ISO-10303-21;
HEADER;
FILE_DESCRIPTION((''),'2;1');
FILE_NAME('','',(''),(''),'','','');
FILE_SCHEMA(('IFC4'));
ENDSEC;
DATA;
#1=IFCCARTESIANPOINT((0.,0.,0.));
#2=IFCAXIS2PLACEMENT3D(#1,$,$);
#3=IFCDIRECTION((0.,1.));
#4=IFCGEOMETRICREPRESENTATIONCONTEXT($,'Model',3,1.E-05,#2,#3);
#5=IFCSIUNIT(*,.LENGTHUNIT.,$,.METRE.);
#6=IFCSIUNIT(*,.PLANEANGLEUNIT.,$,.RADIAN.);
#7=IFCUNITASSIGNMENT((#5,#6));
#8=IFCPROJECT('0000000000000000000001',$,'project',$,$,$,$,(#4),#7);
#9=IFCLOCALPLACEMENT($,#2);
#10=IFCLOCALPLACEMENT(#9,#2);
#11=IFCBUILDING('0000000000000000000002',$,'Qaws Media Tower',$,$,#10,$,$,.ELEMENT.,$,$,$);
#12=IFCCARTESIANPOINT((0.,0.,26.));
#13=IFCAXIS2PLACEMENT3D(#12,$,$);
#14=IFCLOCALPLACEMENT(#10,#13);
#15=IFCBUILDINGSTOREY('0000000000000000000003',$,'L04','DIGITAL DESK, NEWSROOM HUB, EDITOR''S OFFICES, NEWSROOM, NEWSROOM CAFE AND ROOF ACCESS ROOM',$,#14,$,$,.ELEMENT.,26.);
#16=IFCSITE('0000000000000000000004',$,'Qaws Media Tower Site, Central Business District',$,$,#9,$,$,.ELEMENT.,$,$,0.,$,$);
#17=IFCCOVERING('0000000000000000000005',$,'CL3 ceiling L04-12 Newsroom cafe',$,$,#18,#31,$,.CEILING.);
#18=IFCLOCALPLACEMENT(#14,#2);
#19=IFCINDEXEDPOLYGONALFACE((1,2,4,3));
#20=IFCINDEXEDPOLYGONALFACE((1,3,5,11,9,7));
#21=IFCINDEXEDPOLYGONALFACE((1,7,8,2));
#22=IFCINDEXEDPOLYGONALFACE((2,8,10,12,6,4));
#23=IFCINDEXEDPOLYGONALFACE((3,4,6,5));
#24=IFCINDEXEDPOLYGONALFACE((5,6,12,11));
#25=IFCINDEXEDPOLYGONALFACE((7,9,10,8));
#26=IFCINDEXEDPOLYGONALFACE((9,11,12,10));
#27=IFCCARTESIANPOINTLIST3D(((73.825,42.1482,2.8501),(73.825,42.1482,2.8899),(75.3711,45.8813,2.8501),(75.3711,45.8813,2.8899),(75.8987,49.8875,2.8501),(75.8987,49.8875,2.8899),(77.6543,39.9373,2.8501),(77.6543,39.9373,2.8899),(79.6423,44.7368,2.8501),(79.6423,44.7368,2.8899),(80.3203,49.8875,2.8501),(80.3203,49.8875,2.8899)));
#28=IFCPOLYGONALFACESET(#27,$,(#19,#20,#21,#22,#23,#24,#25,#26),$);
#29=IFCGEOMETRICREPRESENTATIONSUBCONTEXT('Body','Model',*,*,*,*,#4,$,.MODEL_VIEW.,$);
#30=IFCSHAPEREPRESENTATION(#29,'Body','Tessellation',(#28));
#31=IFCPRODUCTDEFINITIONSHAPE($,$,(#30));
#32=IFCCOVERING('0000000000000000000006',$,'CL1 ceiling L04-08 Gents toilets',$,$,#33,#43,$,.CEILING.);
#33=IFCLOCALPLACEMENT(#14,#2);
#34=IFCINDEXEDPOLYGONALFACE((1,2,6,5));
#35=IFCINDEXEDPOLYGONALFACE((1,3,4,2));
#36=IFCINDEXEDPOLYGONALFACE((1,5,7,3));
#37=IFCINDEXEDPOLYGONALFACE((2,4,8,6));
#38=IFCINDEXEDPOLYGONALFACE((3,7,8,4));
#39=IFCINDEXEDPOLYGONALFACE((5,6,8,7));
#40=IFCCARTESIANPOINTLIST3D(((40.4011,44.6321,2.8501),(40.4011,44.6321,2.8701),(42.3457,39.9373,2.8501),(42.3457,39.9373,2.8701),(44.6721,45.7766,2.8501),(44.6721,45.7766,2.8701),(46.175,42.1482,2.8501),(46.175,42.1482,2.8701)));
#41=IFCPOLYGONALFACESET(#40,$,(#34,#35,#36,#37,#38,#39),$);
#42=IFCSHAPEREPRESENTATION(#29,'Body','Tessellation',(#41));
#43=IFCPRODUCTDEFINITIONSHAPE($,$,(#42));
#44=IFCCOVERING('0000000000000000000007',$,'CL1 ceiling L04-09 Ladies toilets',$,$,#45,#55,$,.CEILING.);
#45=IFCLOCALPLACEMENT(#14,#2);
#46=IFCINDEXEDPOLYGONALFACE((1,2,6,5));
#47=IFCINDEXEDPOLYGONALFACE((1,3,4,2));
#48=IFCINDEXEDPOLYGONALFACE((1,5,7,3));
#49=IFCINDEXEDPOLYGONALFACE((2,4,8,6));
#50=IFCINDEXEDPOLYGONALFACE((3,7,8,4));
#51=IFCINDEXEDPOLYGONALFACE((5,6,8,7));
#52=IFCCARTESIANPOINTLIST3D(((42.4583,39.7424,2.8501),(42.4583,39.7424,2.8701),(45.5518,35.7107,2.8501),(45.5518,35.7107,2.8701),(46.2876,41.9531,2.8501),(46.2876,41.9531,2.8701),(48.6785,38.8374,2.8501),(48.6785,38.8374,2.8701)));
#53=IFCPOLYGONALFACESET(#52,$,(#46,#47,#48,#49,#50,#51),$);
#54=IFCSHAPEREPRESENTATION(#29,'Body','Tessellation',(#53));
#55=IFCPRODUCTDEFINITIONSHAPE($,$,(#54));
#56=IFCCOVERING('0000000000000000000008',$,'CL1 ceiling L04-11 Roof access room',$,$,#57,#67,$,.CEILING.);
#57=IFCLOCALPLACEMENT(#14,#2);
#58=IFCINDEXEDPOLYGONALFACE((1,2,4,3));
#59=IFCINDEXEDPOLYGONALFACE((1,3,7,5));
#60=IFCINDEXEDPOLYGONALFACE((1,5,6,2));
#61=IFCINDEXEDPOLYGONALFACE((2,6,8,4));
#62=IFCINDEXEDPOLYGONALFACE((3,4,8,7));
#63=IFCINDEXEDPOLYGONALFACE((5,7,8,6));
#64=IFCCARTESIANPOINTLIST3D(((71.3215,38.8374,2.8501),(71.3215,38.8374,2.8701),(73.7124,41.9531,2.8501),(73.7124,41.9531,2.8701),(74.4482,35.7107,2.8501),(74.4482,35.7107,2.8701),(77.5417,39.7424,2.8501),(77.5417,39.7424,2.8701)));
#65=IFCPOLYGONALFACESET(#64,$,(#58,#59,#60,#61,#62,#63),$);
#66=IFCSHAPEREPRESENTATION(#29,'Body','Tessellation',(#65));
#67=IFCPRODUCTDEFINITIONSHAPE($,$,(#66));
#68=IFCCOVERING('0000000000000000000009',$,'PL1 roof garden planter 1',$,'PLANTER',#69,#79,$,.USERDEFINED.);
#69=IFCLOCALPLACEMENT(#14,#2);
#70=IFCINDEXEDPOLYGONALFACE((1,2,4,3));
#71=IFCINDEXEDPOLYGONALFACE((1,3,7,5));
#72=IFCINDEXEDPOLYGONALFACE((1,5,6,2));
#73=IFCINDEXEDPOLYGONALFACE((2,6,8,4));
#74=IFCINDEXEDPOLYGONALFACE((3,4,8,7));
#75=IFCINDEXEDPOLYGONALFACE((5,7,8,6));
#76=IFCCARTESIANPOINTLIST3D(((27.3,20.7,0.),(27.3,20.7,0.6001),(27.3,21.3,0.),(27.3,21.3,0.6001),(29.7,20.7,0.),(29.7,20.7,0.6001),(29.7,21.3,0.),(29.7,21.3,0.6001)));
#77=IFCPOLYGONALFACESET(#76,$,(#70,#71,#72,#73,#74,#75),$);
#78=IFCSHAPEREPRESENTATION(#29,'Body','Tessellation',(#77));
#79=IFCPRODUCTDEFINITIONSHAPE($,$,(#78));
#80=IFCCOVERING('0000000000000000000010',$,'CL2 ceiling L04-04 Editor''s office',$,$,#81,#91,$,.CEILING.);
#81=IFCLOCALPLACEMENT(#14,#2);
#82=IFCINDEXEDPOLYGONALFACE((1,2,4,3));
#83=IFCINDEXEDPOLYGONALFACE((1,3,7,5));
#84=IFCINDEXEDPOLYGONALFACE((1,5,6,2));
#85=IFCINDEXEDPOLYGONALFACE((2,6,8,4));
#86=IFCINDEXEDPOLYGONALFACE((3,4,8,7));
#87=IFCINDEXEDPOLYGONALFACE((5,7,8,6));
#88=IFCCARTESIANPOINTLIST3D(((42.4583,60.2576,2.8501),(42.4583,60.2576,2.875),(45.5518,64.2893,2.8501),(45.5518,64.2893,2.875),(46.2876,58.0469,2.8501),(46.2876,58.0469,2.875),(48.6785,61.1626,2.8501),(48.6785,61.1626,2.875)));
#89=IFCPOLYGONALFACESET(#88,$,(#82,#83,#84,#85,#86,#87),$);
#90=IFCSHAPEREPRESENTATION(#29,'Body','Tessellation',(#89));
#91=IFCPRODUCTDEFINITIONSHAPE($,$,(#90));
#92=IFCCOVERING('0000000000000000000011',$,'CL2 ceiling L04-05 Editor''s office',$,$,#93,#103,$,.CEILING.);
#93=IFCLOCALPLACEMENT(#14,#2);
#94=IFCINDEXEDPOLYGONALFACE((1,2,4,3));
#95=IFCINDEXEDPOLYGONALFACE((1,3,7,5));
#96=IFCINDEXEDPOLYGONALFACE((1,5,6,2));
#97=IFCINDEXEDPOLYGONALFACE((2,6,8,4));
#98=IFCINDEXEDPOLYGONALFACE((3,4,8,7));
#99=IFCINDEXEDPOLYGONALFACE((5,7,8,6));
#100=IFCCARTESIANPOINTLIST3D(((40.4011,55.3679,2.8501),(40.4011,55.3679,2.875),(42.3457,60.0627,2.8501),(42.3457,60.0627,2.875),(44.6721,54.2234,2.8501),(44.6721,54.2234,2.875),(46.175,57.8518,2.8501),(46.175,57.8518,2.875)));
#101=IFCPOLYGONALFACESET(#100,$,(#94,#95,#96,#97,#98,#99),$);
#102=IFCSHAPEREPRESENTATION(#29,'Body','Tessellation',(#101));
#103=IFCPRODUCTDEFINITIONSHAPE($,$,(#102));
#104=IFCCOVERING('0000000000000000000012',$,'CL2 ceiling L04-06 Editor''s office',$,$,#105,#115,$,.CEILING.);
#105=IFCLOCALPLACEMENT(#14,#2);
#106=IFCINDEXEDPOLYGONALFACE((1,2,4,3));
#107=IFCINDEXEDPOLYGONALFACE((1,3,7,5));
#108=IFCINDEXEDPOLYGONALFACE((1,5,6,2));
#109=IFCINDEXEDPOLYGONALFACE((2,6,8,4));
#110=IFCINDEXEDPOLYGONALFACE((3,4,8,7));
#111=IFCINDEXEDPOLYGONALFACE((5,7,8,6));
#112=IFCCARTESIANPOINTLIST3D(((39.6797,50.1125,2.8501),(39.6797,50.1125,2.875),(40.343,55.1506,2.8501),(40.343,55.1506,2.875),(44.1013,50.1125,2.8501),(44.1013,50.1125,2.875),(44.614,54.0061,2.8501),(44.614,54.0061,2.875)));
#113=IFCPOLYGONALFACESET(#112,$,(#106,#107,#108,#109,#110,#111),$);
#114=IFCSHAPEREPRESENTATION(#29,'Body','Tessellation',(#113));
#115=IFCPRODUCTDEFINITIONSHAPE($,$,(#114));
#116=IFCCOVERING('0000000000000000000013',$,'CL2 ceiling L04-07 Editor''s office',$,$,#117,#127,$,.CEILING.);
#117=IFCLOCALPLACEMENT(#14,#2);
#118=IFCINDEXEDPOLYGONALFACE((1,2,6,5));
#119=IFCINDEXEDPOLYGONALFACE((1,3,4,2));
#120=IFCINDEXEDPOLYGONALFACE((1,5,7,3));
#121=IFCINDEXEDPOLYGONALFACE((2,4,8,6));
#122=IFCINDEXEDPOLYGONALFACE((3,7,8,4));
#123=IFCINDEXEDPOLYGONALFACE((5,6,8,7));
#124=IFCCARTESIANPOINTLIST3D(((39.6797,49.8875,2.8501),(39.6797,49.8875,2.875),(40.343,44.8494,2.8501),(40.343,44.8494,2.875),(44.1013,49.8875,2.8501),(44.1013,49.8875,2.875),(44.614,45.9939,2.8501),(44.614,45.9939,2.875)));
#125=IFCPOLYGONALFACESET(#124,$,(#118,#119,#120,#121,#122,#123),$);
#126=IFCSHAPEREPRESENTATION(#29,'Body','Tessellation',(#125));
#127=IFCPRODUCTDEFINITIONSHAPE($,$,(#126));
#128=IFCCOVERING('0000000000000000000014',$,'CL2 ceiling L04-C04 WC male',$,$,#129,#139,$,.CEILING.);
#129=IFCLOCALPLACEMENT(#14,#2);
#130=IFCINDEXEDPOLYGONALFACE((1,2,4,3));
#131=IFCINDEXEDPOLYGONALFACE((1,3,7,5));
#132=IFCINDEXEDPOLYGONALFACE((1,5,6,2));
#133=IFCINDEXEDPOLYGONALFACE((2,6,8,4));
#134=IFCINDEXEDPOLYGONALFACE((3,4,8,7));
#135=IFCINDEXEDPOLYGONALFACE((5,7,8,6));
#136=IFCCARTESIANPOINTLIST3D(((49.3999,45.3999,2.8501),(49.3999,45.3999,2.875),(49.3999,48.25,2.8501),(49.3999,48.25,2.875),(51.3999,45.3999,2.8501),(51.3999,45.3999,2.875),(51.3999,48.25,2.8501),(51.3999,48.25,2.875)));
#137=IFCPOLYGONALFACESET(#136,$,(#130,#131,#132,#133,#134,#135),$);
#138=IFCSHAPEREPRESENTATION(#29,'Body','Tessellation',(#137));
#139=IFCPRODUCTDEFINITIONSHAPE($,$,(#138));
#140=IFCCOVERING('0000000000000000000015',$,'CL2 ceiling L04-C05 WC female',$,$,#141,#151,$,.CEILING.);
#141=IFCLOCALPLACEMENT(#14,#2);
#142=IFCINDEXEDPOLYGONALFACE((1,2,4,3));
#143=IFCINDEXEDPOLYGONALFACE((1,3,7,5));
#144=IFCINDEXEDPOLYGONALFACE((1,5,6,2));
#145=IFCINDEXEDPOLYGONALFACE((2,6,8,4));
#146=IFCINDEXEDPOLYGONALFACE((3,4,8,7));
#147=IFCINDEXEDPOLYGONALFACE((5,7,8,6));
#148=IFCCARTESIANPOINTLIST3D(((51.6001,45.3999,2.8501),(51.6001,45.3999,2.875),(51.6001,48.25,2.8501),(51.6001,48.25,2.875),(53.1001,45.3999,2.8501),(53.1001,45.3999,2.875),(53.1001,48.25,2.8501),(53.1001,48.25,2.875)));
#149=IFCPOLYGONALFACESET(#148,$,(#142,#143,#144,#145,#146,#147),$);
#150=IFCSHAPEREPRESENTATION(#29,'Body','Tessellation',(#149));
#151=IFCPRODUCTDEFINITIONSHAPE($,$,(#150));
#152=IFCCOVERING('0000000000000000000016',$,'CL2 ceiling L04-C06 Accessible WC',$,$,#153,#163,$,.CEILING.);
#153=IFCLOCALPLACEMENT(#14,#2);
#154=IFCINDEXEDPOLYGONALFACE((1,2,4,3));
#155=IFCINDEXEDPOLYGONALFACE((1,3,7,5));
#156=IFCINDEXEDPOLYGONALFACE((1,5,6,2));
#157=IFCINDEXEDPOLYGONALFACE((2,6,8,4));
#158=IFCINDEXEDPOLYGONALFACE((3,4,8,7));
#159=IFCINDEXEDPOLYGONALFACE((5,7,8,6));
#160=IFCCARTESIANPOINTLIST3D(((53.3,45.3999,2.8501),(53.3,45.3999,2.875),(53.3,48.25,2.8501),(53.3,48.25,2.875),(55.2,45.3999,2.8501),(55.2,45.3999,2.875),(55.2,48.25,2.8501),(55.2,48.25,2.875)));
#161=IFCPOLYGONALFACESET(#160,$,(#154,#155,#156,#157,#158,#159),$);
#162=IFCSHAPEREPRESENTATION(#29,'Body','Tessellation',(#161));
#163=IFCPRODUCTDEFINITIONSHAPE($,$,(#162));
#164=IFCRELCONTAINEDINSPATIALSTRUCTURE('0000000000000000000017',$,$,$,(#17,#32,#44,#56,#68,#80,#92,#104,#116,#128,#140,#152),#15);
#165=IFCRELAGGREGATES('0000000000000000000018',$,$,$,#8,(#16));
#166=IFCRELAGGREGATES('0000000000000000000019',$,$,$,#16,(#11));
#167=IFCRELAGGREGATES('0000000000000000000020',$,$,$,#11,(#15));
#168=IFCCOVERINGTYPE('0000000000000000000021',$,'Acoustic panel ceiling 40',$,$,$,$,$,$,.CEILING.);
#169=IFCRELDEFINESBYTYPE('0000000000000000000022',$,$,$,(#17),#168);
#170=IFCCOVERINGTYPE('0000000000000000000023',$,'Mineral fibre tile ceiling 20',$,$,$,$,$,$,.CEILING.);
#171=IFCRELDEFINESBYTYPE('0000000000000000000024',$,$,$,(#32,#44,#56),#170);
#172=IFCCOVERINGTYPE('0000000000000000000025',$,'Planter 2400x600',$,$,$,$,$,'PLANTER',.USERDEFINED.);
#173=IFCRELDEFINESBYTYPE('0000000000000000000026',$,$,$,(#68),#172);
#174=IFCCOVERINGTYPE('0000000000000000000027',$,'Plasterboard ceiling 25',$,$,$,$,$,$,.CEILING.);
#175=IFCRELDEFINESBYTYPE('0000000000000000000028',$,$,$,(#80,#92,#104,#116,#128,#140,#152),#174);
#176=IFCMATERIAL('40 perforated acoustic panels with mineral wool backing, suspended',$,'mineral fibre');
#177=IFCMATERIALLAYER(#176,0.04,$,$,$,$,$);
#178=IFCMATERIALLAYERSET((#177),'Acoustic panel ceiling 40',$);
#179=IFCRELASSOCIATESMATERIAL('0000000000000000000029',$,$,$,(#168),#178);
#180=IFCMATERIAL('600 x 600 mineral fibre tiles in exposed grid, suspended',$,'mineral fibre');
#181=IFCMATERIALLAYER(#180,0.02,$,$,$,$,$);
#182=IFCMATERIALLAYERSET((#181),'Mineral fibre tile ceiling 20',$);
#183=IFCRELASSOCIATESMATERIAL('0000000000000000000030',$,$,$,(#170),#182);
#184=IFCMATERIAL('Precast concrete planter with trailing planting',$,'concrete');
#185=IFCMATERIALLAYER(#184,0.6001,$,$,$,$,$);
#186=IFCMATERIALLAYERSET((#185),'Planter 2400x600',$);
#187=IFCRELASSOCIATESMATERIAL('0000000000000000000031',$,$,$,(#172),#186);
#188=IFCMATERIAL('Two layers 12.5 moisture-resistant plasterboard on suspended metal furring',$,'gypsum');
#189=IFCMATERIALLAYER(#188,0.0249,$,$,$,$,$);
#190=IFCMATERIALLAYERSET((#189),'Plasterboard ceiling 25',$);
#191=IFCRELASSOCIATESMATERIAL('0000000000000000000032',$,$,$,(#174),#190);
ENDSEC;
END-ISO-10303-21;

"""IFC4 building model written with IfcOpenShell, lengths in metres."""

from ifc_helpers import new_model, si_unit, direction, frame, origin, origin_2d, place, context, subcontext, project, spatial, polyline, rectangle, outline, extrude, material, layer, layer_set, type_object, element, save


model = new_model("IFC4")

# Units and contexts
model_context = context("Model", 3, precision=1e-05, world=origin(), true_north=direction((0.0, 1.0)))
body_context = subcontext(model_context, "Body", "Model", "MODEL_VIEW")
ifc_project = project(units=[si_unit("LENGTHUNIT", "METRE"), si_unit("PLANEANGLEUNIT", "RADIAN")], contexts=[model_context])

# Site, building, storey
site_placement = place(None, origin())
site = spatial("IfcSite", under=ifc_project, at=site_placement, Name="Qaws Media Tower Site, Central Business District", CompositionType="ELEMENT", RefElevation=0.0)
building_placement = place(site_placement, origin())
building = spatial("IfcBuilding", under=site, at=building_placement, Name="Qaws Media Tower", CompositionType="ELEMENT")
storey_placement = place(building_placement, frame((0.0, 0.0, 26.0)))
storey = spatial("IfcBuildingStorey", under=building, at=storey_placement, Name="L04", Description="DIGITAL DESK, NEWSROOM HUB, EDITOR'S OFFICES, NEWSROOM, NEWSROOM CAFE AND ROOF ACCESS ROOM", CompositionType="ELEMENT", Elevation=26.0)

# Covering
ifc_material_1 = material(Name="40 perforated acoustic panels with mineral wool backing, suspended", Category="mineral fibre")
ifc_layer_1 = layer(ifc_material_1, 0.04)
ifc_layer_set_1 = layer_set([ifc_layer_1], Name="Acoustic panel ceiling 40")
covering_type_1 = type_object("IfcCoveringType", Name="Acoustic panel ceiling 40", PredefinedType="CEILING", material=ifc_layer_set_1)
covering_1_placement = place(storey_placement, frame((0.0, 0.0, 2.8501)))
element("IfcCovering", 1, at=covering_1_placement, inside=storey, type_object=covering_type_1, Name="CL3 ceiling L04-12 Newsroom cafe", PredefinedType="CEILING", context=body_context, shape_type="SweptSolid", body=[
    extrude(outline(polyline([(79.6423, 44.7368), (77.6543, 39.9373), (73.825, 42.1482), (75.3711, 45.8813), (75.8987, 49.8875), (80.3203, 49.8875), (79.6423, 44.7368)])), origin(), (0.0, 0.0, 1.0), 0.0398),
])

# Coverings
ifc_material_2 = material(Name="600 x 600 mineral fibre tiles in exposed grid, suspended", Category="mineral fibre")
ifc_layer_2 = layer(ifc_material_2, 0.02)
ifc_layer_set_2 = layer_set([ifc_layer_2], Name="Mineral fibre tile ceiling 20")
covering_type_2 = type_object("IfcCoveringType", Name="Mineral fibre tile ceiling 20", PredefinedType="CEILING", material=ifc_layer_set_2)
covering_2_placement = place(storey_placement, frame((0.0, 0.0, 2.8501)))
element("IfcCovering", 2, at=covering_2_placement, inside=storey, type_object=covering_type_2, Name="CL1 ceiling L04-08 Gents toilets", PredefinedType="CEILING", context=body_context, shape_type="SweptSolid", body=[
    extrude(outline(polyline([(40.4011, 44.6321), (44.6721, 45.7766), (46.175, 42.1482), (42.3457, 39.9373), (40.4011, 44.6321)])), origin(), (0.0, 0.0, 1.0), 0.02),
])
covering_3_placement = place(storey_placement, frame((0.0, 0.0, 2.8501)))
element("IfcCovering", 3, at=covering_3_placement, inside=storey, type_object=covering_type_2, Name="CL1 ceiling L04-09 Ladies toilets", PredefinedType="CEILING", context=body_context, shape_type="SweptSolid", body=[
    extrude(outline(polyline([(42.4583, 39.7424), (46.2876, 41.9531), (48.6785, 38.8374), (45.5518, 35.7107), (42.4583, 39.7424)])), origin(), (0.0, 0.0, 1.0), 0.02),
])
covering_4_placement = place(storey_placement, frame((0.0, 0.0, 2.8501)))
element("IfcCovering", 4, at=covering_4_placement, inside=storey, type_object=covering_type_2, Name="CL1 ceiling L04-11 Roof access room", PredefinedType="CEILING", context=body_context, shape_type="SweptSolid", body=[
    extrude(outline(polyline([(74.4482, 35.7107), (71.3215, 38.8374), (73.7124, 41.9531), (77.5417, 39.7424), (74.4482, 35.7107)])), origin(), (0.0, 0.0, 1.0), 0.02),
])
ifc_material_3 = material(Name="Precast concrete planter with trailing planting", Category="concrete")
ifc_layer_3 = layer(ifc_material_3, 0.6001)
ifc_layer_set_3 = layer_set([ifc_layer_3], Name="Planter 2400x600")
covering_type_3 = type_object("IfcCoveringType", Name="Planter 2400x600", ElementType="PLANTER", PredefinedType="USERDEFINED", material=ifc_layer_set_3)
covering_5_placement = place(storey_placement, frame((28.5, 21.0, 0.0), z_axis=(0.0, 0.0, 1.0), x_axis=(1.0, 0.0, 0.0)))
element("IfcCovering", 5, at=covering_5_placement, inside=storey, type_object=covering_type_3, Name="PL1 roof garden planter 1", ObjectType="PLANTER", PredefinedType="USERDEFINED", context=body_context, shape_type="SweptSolid", body=[
    extrude(rectangle(XDim=2.3999, YDim=0.6001, at=origin_2d()), origin(), (0.0, 0.0, 1.0), 0.6001),
])
ifc_material_4 = material(Name="Two layers 12.5 moisture-resistant plasterboard on suspended metal furring", Category="gypsum")
ifc_layer_4 = layer(ifc_material_4, 0.0249)
ifc_layer_set_4 = layer_set([ifc_layer_4], Name="Plasterboard ceiling 25")
covering_type_4 = type_object("IfcCoveringType", Name="Plasterboard ceiling 25", PredefinedType="CEILING", material=ifc_layer_set_4)
covering_6_placement = place(storey_placement, frame((0.0, 0.0, 2.8501)))
element("IfcCovering", 6, at=covering_6_placement, inside=storey, type_object=covering_type_4, Name="CL2 ceiling L04-04 Editor's office", PredefinedType="CEILING", context=body_context, shape_type="SweptSolid", body=[
    extrude(outline(polyline([(45.5518, 64.2893), (48.6785, 61.1626), (46.2876, 58.0469), (42.4583, 60.2576), (45.5518, 64.2893)])), origin(), (0.0, 0.0, 1.0), 0.0249),
])
covering_7_placement = place(storey_placement, frame((0.0, 0.0, 2.8501)))
element("IfcCovering", 7, at=covering_7_placement, inside=storey, type_object=covering_type_4, Name="CL2 ceiling L04-05 Editor's office", PredefinedType="CEILING", context=body_context, shape_type="SweptSolid", body=[
    extrude(outline(polyline([(42.3457, 60.0627), (46.175, 57.8518), (44.6721, 54.2234), (40.4011, 55.3679), (42.3457, 60.0627)])), origin(), (0.0, 0.0, 1.0), 0.0249),
])
covering_8_placement = place(storey_placement, frame((0.0, 0.0, 2.8501)))
element("IfcCovering", 8, at=covering_8_placement, inside=storey, type_object=covering_type_4, Name="CL2 ceiling L04-06 Editor's office", PredefinedType="CEILING", context=body_context, shape_type="SweptSolid", body=[
    extrude(outline(polyline([(40.343, 55.1506), (44.614, 54.0061), (44.1013, 50.1125), (39.6797, 50.1125), (40.343, 55.1506)])), origin(), (0.0, 0.0, 1.0), 0.0249),
])
covering_9_placement = place(storey_placement, frame((0.0, 0.0, 2.8501)))
element("IfcCovering", 9, at=covering_9_placement, inside=storey, type_object=covering_type_4, Name="CL2 ceiling L04-07 Editor's office", PredefinedType="CEILING", context=body_context, shape_type="SweptSolid", body=[
    extrude(outline(polyline([(39.6797, 49.8875), (44.1013, 49.8875), (44.614, 45.9939), (40.343, 44.8494), (39.6797, 49.8875)])), origin(), (0.0, 0.0, 1.0), 0.0249),
])
covering_10_placement = place(storey_placement, frame((0.0, 0.0, 2.8501)))
element("IfcCovering", 10, at=covering_10_placement, inside=storey, type_object=covering_type_4, Name="CL2 ceiling L04-C04 WC male", PredefinedType="CEILING", context=body_context, shape_type="SweptSolid", body=[
    extrude(outline(polyline([(49.3999, 45.3999), (49.3999, 48.25), (51.3999, 48.25), (51.3999, 45.3999), (49.3999, 45.3999)])), origin(), (0.0, 0.0, 1.0), 0.0249),
])
covering_11_placement = place(storey_placement, frame((0.0, 0.0, 2.8501)))
element("IfcCovering", 11, at=covering_11_placement, inside=storey, type_object=covering_type_4, Name="CL2 ceiling L04-C05 WC female", PredefinedType="CEILING", context=body_context, shape_type="SweptSolid", body=[
    extrude(outline(polyline([(51.6001, 45.3999), (51.6001, 48.25), (53.1001, 48.25), (53.1001, 45.3999), (51.6001, 45.3999)])), origin(), (0.0, 0.0, 1.0), 0.0249),
])
covering_12_placement = place(storey_placement, frame((0.0, 0.0, 2.8501)))
element("IfcCovering", 12, at=covering_12_placement, inside=storey, type_object=covering_type_4, Name="CL2 ceiling L04-C06 Accessible WC", PredefinedType="CEILING", context=body_context, shape_type="SweptSolid", body=[
    extrude(outline(polyline([(53.3, 45.3999), (53.3, 48.25), (55.2, 48.25), (55.2, 45.3999), (53.3, 45.3999)])), origin(), (0.0, 0.0, 1.0), 0.0249),
])

save(model, "model.ifc")
